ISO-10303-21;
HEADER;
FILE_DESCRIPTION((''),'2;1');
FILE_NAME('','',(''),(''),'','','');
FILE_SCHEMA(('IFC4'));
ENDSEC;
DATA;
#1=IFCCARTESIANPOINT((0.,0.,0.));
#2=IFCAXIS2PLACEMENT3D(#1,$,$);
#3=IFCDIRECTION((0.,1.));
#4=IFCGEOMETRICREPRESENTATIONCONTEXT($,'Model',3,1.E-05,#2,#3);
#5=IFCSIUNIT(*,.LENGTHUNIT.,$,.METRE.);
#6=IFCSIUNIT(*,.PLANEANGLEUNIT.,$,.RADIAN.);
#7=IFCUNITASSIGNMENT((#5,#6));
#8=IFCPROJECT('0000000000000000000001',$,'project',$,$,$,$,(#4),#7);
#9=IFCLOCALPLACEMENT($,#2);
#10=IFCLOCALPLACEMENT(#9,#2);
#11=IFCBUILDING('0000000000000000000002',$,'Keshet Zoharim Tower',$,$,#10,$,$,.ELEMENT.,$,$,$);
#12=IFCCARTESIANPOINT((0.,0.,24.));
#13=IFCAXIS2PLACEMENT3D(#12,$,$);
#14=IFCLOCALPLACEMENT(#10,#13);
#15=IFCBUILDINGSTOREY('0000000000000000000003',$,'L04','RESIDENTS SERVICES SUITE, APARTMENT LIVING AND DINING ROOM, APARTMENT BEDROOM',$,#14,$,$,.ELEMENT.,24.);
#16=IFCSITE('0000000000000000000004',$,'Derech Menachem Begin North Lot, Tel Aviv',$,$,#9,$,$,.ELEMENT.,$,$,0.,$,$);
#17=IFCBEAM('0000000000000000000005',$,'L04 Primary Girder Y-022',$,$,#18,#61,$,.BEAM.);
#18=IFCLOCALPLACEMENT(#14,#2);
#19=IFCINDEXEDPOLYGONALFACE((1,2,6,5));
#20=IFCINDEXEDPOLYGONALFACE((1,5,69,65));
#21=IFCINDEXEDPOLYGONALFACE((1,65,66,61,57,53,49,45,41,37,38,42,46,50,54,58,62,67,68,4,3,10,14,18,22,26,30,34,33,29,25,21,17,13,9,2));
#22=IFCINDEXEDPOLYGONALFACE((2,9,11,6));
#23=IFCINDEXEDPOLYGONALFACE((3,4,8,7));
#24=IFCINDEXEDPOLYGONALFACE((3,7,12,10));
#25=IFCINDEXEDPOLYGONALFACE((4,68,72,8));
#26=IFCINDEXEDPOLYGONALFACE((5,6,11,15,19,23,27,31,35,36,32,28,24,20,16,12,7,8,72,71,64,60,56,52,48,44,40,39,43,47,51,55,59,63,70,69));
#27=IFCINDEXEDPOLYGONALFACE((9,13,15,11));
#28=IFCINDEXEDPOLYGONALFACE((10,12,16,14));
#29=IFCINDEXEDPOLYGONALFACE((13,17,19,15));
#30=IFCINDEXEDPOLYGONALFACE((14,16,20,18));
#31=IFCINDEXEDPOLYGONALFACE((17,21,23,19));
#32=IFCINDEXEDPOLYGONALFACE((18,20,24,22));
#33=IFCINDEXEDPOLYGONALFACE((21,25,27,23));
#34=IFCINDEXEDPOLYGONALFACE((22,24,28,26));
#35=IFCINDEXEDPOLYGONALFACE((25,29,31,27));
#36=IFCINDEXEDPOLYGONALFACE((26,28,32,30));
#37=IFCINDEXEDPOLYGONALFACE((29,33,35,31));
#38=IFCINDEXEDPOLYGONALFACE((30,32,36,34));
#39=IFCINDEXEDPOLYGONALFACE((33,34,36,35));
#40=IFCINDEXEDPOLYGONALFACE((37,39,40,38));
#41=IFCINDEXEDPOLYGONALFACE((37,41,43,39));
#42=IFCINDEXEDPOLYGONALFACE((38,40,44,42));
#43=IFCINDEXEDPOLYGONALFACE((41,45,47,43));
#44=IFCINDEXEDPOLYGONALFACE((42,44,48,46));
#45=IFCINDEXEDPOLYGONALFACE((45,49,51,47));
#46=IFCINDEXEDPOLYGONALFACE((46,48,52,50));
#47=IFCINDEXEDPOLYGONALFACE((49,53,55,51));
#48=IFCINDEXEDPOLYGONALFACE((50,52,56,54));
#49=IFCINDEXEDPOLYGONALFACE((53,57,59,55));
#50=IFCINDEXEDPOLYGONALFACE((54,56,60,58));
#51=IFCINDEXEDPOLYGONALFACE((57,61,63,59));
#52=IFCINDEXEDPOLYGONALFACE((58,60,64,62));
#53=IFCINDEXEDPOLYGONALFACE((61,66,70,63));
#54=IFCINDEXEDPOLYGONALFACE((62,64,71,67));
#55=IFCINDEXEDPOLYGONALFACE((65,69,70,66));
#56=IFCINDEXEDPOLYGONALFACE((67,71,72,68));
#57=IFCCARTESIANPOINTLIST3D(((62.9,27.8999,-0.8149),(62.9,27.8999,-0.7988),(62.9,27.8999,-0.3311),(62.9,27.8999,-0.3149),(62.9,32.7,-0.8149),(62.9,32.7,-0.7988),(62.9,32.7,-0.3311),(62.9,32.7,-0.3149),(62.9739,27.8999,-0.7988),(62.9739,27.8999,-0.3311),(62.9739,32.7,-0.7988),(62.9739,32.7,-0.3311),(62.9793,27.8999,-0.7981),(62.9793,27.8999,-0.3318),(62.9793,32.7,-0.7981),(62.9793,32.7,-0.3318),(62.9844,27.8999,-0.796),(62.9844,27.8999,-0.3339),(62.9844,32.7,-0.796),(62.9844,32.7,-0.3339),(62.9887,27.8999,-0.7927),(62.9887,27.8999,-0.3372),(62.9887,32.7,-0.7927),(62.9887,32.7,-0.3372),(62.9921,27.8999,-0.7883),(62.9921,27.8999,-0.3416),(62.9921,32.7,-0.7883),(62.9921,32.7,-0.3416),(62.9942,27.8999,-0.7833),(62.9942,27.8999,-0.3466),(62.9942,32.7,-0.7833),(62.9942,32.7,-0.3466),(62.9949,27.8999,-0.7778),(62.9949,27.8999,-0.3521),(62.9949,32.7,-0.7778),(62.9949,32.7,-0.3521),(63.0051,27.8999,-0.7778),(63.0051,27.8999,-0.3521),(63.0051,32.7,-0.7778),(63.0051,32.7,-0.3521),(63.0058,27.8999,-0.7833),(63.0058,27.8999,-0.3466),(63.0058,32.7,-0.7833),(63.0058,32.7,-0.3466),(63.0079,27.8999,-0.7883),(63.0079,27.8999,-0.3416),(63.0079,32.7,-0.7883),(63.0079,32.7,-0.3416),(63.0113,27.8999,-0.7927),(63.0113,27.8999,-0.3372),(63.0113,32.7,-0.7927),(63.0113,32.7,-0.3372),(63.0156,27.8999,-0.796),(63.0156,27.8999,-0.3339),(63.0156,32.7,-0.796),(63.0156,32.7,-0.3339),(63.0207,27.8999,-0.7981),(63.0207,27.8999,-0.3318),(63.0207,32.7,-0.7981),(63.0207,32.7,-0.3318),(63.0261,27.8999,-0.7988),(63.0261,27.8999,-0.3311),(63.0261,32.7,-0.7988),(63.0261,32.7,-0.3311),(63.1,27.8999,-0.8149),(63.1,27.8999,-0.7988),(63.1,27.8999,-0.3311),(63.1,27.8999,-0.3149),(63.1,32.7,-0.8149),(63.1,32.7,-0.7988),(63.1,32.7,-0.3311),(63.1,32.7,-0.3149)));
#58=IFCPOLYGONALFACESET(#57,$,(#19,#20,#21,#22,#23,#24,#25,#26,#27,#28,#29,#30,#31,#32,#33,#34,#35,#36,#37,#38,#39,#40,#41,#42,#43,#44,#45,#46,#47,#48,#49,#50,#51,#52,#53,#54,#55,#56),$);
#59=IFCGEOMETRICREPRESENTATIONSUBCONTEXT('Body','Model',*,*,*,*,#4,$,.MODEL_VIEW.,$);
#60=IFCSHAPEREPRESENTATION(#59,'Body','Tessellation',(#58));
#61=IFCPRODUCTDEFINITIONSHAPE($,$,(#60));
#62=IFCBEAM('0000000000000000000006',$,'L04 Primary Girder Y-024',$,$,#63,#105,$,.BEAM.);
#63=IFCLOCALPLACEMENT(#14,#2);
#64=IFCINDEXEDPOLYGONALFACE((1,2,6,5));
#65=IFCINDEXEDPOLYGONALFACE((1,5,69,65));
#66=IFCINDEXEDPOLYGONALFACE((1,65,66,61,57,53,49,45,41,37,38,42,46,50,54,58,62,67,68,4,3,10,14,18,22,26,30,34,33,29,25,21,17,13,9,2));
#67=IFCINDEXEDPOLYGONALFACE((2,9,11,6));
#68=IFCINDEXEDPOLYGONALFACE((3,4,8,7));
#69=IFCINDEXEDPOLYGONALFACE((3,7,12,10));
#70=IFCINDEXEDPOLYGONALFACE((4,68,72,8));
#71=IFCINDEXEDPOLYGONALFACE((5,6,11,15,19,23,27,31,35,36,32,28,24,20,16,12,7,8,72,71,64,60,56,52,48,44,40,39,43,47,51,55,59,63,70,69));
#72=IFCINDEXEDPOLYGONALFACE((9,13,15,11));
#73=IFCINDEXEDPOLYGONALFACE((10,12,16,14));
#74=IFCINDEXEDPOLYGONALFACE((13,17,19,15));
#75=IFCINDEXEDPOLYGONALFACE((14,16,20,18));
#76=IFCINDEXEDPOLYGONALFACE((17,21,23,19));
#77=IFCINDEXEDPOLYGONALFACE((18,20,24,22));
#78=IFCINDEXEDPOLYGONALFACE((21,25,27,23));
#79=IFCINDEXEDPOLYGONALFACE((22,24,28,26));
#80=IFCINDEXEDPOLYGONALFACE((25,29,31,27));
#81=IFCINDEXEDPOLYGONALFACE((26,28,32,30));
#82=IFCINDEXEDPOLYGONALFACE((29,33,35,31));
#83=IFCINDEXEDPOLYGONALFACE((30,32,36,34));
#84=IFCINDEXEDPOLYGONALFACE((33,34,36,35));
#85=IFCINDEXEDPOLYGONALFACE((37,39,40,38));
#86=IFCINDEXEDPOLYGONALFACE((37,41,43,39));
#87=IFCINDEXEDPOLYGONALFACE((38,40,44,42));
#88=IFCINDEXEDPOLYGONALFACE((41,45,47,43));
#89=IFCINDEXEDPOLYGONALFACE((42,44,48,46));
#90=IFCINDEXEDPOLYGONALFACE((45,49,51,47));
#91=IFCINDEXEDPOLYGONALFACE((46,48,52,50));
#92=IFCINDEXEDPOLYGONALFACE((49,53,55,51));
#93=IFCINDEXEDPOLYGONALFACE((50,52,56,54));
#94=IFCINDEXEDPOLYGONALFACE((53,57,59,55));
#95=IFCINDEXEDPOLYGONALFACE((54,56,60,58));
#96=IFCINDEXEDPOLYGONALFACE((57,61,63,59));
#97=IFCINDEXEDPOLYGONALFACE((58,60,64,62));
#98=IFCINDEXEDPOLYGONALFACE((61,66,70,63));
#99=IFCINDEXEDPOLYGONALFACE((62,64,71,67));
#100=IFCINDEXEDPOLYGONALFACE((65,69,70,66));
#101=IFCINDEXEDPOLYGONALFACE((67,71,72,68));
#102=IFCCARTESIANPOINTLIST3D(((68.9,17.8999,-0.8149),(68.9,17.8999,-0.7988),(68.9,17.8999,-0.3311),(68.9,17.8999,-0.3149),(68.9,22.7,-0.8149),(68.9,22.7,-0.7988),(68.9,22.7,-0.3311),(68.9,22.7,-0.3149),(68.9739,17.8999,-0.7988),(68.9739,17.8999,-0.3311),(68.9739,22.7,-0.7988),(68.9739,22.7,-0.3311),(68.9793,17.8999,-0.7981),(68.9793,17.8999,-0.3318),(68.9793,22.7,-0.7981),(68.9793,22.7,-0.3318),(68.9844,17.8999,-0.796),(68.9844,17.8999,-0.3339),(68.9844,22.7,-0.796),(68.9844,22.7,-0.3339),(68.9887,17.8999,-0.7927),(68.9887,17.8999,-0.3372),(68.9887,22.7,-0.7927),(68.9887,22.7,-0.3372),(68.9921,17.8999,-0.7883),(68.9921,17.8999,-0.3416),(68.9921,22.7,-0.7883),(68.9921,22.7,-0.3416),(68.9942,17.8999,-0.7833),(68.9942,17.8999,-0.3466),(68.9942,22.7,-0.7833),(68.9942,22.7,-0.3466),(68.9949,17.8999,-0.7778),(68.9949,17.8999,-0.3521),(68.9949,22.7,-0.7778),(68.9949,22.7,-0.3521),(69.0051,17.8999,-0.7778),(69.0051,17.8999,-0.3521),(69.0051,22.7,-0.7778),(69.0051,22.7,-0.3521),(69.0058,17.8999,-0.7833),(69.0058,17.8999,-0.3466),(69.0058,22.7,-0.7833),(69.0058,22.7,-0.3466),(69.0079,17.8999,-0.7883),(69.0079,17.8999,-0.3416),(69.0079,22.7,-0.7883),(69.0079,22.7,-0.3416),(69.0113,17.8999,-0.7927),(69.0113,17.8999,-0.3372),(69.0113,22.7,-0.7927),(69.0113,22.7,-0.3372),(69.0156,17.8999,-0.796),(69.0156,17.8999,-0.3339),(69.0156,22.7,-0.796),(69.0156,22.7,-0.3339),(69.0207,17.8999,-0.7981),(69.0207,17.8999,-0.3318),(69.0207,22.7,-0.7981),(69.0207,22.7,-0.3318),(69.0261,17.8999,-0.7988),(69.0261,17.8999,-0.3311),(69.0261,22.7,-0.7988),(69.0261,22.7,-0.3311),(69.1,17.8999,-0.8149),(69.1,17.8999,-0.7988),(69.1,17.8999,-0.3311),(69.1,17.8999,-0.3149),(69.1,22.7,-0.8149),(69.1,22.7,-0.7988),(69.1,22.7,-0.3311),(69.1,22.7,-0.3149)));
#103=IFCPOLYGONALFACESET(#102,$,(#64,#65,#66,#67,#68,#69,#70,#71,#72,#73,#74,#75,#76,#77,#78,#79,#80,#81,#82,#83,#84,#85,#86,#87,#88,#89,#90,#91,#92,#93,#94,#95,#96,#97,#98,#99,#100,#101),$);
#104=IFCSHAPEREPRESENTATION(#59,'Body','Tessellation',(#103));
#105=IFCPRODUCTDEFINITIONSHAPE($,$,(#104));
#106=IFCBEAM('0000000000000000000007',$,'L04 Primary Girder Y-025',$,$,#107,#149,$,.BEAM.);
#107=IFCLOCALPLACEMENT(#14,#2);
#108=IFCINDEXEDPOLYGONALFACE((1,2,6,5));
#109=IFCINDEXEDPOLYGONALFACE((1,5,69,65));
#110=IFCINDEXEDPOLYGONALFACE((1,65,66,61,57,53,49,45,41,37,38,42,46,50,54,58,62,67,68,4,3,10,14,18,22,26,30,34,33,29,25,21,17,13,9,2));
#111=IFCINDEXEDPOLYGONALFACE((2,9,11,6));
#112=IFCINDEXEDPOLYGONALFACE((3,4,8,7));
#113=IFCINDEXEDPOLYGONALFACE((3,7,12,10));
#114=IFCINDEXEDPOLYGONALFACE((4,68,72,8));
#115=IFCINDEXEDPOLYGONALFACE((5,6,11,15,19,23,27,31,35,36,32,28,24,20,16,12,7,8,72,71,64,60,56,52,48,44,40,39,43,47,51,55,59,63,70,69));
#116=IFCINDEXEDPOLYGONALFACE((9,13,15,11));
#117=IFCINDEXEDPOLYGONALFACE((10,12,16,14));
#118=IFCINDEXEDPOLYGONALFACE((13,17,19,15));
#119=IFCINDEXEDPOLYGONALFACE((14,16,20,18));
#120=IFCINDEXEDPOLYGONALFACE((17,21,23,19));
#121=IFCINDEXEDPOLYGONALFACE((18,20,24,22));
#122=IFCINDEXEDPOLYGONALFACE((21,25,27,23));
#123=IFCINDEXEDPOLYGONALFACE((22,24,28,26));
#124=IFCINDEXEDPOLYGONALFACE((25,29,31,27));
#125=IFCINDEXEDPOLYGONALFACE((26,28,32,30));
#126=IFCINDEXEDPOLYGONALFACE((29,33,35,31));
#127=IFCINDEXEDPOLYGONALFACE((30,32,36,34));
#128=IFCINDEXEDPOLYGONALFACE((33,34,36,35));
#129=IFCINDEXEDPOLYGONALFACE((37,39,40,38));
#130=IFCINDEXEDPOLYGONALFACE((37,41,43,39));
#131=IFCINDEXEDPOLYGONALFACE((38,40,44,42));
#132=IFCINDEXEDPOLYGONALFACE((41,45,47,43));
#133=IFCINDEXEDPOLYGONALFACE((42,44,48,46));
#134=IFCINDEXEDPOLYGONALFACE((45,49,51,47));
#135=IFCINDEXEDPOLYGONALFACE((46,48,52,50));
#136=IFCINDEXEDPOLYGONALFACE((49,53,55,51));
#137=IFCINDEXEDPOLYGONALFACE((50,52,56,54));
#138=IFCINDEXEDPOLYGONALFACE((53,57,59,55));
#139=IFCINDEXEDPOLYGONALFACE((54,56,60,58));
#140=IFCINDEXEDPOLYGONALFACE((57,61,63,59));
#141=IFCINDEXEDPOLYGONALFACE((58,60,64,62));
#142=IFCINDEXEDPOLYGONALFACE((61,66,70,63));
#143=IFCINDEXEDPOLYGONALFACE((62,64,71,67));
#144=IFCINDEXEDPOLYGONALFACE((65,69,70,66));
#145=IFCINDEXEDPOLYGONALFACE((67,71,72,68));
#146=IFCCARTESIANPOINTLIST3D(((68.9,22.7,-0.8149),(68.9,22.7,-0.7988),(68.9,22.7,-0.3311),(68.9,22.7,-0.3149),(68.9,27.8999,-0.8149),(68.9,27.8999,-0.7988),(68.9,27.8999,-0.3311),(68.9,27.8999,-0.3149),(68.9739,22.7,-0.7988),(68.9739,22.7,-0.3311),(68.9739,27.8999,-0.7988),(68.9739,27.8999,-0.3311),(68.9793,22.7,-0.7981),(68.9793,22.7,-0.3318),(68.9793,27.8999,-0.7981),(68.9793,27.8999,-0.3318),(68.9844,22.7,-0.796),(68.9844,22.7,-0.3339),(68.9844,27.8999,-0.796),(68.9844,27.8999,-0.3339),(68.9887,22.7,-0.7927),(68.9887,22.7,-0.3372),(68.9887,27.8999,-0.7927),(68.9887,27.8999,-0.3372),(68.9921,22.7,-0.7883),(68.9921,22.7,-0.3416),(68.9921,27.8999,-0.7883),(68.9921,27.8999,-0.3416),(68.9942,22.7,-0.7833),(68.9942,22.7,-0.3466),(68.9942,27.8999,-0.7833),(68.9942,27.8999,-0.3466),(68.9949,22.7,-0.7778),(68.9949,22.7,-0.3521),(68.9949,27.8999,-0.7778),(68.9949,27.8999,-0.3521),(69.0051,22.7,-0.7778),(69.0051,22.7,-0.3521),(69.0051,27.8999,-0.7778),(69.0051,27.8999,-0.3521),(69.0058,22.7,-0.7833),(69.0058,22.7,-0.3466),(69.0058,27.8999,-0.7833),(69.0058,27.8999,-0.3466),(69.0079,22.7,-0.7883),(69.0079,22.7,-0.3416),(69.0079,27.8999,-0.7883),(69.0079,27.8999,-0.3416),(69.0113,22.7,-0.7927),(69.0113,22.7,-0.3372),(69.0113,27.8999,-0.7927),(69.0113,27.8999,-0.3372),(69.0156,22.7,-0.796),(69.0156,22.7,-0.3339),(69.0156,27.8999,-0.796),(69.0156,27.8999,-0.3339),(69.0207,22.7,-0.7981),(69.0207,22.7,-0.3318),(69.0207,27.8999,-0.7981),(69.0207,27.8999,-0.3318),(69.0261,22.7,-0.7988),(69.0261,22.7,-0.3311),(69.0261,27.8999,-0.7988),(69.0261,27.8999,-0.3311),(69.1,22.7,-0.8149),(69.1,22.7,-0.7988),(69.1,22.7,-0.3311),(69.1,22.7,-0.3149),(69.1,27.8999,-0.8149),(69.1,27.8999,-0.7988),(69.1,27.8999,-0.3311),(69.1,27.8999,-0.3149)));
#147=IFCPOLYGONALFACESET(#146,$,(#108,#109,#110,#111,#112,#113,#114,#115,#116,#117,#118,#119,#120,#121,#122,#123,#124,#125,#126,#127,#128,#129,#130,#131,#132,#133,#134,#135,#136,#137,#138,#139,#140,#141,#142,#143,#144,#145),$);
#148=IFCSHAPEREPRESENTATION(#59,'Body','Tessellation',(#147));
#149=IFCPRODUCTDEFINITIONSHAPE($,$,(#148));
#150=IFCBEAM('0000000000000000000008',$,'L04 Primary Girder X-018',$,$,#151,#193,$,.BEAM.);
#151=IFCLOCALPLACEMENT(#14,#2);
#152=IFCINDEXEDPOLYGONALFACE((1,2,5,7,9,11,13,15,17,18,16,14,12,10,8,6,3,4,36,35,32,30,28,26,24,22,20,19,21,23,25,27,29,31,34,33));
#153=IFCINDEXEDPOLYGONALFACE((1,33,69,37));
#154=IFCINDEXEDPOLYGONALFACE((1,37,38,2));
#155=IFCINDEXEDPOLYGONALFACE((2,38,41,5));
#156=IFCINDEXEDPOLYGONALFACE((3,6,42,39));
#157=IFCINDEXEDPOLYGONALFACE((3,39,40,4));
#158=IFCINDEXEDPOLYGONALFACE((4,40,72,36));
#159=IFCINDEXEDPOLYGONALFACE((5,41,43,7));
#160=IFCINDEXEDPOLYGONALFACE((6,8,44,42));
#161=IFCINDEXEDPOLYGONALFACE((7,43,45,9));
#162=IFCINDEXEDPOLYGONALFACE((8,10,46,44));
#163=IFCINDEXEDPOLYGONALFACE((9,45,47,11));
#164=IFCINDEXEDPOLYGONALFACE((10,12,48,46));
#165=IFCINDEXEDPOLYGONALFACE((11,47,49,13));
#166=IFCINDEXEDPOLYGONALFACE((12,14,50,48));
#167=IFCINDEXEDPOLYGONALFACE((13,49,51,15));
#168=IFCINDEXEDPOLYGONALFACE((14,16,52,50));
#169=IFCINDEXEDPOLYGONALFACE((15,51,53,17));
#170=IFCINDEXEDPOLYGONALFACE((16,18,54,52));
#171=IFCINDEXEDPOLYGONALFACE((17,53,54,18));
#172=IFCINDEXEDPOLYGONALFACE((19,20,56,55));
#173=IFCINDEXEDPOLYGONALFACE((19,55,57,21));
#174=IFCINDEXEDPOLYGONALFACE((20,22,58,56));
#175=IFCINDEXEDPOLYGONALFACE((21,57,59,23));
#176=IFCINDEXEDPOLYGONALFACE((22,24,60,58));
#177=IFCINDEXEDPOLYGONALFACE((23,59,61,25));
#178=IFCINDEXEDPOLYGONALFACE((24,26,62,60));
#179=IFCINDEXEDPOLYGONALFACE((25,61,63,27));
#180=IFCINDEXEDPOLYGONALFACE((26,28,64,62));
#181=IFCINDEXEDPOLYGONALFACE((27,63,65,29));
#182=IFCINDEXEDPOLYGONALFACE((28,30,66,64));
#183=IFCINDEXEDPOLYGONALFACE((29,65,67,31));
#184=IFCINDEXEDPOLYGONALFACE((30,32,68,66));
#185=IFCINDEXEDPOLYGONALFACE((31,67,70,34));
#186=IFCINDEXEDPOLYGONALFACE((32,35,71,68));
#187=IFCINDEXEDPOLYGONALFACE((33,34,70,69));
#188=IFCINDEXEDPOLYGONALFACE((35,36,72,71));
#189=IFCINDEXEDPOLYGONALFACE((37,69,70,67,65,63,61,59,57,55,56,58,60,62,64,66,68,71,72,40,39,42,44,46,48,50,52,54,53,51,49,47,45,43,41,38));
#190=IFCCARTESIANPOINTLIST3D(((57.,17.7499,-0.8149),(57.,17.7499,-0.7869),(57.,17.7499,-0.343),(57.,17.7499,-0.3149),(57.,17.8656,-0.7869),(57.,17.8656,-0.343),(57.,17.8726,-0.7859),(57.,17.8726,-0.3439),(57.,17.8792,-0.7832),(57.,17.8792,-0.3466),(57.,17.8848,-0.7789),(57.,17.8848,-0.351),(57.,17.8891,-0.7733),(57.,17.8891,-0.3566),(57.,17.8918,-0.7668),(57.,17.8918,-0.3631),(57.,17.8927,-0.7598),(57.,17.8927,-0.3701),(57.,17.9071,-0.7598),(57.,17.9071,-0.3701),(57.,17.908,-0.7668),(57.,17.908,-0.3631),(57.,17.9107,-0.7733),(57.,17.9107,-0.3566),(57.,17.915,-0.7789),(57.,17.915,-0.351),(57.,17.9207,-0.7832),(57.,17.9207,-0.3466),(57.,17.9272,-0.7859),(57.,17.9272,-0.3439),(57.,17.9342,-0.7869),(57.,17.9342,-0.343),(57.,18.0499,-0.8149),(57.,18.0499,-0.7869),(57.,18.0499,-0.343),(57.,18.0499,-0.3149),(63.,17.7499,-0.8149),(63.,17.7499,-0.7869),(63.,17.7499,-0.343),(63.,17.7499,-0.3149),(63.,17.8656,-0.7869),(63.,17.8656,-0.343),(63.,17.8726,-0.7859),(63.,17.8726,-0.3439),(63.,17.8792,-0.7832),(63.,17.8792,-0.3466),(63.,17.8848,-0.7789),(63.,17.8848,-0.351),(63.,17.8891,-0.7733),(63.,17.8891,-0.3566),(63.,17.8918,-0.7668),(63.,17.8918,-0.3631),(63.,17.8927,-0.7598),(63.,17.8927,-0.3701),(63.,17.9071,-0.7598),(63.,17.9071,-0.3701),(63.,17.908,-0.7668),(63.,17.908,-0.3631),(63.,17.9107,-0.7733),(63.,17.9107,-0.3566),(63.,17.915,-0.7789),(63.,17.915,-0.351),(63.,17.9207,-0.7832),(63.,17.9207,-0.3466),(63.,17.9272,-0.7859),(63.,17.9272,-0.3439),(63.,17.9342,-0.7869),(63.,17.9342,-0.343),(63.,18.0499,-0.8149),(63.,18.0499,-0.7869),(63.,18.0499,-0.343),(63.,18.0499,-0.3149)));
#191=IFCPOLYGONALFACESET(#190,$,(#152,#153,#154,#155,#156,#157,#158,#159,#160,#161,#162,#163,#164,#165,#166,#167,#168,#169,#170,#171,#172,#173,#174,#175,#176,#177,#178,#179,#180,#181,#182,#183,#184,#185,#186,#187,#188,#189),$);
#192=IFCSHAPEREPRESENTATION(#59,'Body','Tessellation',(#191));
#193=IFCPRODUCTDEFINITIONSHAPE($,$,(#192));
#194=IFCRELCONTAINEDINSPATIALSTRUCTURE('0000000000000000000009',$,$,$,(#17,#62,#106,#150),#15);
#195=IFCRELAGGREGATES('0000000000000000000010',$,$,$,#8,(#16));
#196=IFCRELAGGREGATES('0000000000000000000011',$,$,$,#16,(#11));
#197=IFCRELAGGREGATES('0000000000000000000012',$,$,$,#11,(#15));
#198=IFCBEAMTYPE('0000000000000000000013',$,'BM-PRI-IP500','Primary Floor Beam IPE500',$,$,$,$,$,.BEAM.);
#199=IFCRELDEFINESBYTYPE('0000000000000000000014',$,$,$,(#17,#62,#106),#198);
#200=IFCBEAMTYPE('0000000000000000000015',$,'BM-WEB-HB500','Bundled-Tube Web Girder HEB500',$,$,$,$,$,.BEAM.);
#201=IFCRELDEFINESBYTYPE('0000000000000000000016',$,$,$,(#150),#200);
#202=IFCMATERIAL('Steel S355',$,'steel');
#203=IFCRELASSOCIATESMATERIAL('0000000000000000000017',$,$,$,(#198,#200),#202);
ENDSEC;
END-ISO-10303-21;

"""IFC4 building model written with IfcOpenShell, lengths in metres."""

from ifc_helpers import new_model, si_unit, direction, frame, origin, origin_2d, place, context, subcontext, project, spatial, i_section, extrude, material, material_profile, profile_set, type_object, element, save


model = new_model("IFC4")

# Units and contexts
model_context = context("Model", 3, precision=1e-05, world=origin(), true_north=direction((0.0, 1.0)))
body_context = subcontext(model_context, "Body", "Model", "MODEL_VIEW")
ifc_project = project(units=[si_unit("LENGTHUNIT", "METRE"), si_unit("PLANEANGLEUNIT", "RADIAN")], contexts=[model_context])

# Site, building, storey
site_placement = place(None, origin())
site = spatial("IfcSite", under=ifc_project, at=site_placement, Name="Derech Menachem Begin North Lot, Tel Aviv", CompositionType="ELEMENT", RefElevation=0.0)
building_placement = place(site_placement, origin())
building = spatial("IfcBuilding", under=site, at=building_placement, Name="Keshet Zoharim Tower", CompositionType="ELEMENT")
storey_placement = place(building_placement, frame((0.0, 0.0, 24.0)))
storey = spatial("IfcBuildingStorey", under=building, at=storey_placement, Name="L04", Description="RESIDENTS SERVICES SUITE, APARTMENT LIVING AND DINING ROOM, APARTMENT BEDROOM", CompositionType="ELEMENT", Elevation=24.0)

# Shared definitions
ifc_material_1 = material(Name="Steel S355", Category="steel")

# Beams
ifc_material_profile_1 = material_profile(ifc_material_1, i_section(OverallWidth=0.2, OverallDepth=0.5, WebThickness=0.0103, FlangeThickness=0.0161, FilletRadius=0.021, at=origin_2d()), Name="IPE500")
ifc_profile_set_1 = profile_set([ifc_material_profile_1], Name="Steel S355")
beam_type_1 = type_object("IfcBeamType", Name="BM-PRI-IP500", Description="Primary Floor Beam IPE500", PredefinedType="BEAM", material=ifc_profile_set_1)
for number, where, z_axis, x_axis, name in (
    (1, (63.0, 27.8999, -0.5649), (0.0, 1.0, 0.0), (-1.0, 0.0, 0.0), "L04 Primary Girder Y-022"),
    (2, (69.0, 17.8999, -0.5649), (0.0, 1.0, 0.0), (-1.0, 0.0, 0.0), "L04 Primary Girder Y-024"),
):
    element("IfcBeam", number, at=place(storey_placement, frame(where, z_axis=z_axis, x_axis=x_axis)), inside=storey, type_object=beam_type_1, Name=name, PredefinedType="BEAM", context=body_context, shape_type="SweptSolid", body=[
        extrude(i_section(OverallWidth=0.2, OverallDepth=0.5, WebThickness=0.0103, FlangeThickness=0.0161, FilletRadius=0.021, at=origin_2d()), origin(), (0.0, 0.0, 1.0), 4.8),
    ])
beam_1_placement = place(storey_placement, frame((69.0, 22.7, -0.5649), z_axis=(0.0, 1.0, 0.0), x_axis=(-1.0, 0.0, 0.0)))
element("IfcBeam", 3, at=beam_1_placement, inside=storey, type_object=beam_type_1, Name="L04 Primary Girder Y-025", PredefinedType="BEAM", context=body_context, shape_type="SweptSolid", body=[
    extrude(i_section(OverallWidth=0.2, OverallDepth=0.5, WebThickness=0.0103, FlangeThickness=0.0161, FilletRadius=0.021, at=origin_2d()), origin(), (0.0, 0.0, 1.0), 5.2),
])
ifc_material_profile_2 = material_profile(ifc_material_1, i_section(OverallWidth=0.3, OverallDepth=0.5, WebThickness=0.0144, FlangeThickness=0.0281, FilletRadius=0.0271, at=origin_2d()), Name="HEB500")
ifc_profile_set_2 = profile_set([ifc_material_profile_2], Name="Steel S355")
beam_type_2 = type_object("IfcBeamType", Name="BM-WEB-HB500", Description="Bundled-Tube Web Girder HEB500", PredefinedType="BEAM", material=ifc_profile_set_2)
for number, where, z_axis, x_axis, name in (
    (4, (57.0, 17.8999, -0.5649), (1.0, 0.0, 0.0), (0.0, 1.0, 0.0), "L04 Primary Girder X-018"),
):
    element("IfcBeam", number, at=place(storey_placement, frame(where, z_axis=z_axis, x_axis=x_axis)), inside=storey, type_object=beam_type_2, Name=name, PredefinedType="BEAM", context=body_context, shape_type="SweptSolid", body=[
        extrude(i_section(OverallWidth=0.3, OverallDepth=0.5, WebThickness=0.0144, FlangeThickness=0.0281, FilletRadius=0.0271, at=origin_2d()), origin(), (0.0, 0.0, 1.0), 6.0),
    ])

save(model, "model.ifc")
